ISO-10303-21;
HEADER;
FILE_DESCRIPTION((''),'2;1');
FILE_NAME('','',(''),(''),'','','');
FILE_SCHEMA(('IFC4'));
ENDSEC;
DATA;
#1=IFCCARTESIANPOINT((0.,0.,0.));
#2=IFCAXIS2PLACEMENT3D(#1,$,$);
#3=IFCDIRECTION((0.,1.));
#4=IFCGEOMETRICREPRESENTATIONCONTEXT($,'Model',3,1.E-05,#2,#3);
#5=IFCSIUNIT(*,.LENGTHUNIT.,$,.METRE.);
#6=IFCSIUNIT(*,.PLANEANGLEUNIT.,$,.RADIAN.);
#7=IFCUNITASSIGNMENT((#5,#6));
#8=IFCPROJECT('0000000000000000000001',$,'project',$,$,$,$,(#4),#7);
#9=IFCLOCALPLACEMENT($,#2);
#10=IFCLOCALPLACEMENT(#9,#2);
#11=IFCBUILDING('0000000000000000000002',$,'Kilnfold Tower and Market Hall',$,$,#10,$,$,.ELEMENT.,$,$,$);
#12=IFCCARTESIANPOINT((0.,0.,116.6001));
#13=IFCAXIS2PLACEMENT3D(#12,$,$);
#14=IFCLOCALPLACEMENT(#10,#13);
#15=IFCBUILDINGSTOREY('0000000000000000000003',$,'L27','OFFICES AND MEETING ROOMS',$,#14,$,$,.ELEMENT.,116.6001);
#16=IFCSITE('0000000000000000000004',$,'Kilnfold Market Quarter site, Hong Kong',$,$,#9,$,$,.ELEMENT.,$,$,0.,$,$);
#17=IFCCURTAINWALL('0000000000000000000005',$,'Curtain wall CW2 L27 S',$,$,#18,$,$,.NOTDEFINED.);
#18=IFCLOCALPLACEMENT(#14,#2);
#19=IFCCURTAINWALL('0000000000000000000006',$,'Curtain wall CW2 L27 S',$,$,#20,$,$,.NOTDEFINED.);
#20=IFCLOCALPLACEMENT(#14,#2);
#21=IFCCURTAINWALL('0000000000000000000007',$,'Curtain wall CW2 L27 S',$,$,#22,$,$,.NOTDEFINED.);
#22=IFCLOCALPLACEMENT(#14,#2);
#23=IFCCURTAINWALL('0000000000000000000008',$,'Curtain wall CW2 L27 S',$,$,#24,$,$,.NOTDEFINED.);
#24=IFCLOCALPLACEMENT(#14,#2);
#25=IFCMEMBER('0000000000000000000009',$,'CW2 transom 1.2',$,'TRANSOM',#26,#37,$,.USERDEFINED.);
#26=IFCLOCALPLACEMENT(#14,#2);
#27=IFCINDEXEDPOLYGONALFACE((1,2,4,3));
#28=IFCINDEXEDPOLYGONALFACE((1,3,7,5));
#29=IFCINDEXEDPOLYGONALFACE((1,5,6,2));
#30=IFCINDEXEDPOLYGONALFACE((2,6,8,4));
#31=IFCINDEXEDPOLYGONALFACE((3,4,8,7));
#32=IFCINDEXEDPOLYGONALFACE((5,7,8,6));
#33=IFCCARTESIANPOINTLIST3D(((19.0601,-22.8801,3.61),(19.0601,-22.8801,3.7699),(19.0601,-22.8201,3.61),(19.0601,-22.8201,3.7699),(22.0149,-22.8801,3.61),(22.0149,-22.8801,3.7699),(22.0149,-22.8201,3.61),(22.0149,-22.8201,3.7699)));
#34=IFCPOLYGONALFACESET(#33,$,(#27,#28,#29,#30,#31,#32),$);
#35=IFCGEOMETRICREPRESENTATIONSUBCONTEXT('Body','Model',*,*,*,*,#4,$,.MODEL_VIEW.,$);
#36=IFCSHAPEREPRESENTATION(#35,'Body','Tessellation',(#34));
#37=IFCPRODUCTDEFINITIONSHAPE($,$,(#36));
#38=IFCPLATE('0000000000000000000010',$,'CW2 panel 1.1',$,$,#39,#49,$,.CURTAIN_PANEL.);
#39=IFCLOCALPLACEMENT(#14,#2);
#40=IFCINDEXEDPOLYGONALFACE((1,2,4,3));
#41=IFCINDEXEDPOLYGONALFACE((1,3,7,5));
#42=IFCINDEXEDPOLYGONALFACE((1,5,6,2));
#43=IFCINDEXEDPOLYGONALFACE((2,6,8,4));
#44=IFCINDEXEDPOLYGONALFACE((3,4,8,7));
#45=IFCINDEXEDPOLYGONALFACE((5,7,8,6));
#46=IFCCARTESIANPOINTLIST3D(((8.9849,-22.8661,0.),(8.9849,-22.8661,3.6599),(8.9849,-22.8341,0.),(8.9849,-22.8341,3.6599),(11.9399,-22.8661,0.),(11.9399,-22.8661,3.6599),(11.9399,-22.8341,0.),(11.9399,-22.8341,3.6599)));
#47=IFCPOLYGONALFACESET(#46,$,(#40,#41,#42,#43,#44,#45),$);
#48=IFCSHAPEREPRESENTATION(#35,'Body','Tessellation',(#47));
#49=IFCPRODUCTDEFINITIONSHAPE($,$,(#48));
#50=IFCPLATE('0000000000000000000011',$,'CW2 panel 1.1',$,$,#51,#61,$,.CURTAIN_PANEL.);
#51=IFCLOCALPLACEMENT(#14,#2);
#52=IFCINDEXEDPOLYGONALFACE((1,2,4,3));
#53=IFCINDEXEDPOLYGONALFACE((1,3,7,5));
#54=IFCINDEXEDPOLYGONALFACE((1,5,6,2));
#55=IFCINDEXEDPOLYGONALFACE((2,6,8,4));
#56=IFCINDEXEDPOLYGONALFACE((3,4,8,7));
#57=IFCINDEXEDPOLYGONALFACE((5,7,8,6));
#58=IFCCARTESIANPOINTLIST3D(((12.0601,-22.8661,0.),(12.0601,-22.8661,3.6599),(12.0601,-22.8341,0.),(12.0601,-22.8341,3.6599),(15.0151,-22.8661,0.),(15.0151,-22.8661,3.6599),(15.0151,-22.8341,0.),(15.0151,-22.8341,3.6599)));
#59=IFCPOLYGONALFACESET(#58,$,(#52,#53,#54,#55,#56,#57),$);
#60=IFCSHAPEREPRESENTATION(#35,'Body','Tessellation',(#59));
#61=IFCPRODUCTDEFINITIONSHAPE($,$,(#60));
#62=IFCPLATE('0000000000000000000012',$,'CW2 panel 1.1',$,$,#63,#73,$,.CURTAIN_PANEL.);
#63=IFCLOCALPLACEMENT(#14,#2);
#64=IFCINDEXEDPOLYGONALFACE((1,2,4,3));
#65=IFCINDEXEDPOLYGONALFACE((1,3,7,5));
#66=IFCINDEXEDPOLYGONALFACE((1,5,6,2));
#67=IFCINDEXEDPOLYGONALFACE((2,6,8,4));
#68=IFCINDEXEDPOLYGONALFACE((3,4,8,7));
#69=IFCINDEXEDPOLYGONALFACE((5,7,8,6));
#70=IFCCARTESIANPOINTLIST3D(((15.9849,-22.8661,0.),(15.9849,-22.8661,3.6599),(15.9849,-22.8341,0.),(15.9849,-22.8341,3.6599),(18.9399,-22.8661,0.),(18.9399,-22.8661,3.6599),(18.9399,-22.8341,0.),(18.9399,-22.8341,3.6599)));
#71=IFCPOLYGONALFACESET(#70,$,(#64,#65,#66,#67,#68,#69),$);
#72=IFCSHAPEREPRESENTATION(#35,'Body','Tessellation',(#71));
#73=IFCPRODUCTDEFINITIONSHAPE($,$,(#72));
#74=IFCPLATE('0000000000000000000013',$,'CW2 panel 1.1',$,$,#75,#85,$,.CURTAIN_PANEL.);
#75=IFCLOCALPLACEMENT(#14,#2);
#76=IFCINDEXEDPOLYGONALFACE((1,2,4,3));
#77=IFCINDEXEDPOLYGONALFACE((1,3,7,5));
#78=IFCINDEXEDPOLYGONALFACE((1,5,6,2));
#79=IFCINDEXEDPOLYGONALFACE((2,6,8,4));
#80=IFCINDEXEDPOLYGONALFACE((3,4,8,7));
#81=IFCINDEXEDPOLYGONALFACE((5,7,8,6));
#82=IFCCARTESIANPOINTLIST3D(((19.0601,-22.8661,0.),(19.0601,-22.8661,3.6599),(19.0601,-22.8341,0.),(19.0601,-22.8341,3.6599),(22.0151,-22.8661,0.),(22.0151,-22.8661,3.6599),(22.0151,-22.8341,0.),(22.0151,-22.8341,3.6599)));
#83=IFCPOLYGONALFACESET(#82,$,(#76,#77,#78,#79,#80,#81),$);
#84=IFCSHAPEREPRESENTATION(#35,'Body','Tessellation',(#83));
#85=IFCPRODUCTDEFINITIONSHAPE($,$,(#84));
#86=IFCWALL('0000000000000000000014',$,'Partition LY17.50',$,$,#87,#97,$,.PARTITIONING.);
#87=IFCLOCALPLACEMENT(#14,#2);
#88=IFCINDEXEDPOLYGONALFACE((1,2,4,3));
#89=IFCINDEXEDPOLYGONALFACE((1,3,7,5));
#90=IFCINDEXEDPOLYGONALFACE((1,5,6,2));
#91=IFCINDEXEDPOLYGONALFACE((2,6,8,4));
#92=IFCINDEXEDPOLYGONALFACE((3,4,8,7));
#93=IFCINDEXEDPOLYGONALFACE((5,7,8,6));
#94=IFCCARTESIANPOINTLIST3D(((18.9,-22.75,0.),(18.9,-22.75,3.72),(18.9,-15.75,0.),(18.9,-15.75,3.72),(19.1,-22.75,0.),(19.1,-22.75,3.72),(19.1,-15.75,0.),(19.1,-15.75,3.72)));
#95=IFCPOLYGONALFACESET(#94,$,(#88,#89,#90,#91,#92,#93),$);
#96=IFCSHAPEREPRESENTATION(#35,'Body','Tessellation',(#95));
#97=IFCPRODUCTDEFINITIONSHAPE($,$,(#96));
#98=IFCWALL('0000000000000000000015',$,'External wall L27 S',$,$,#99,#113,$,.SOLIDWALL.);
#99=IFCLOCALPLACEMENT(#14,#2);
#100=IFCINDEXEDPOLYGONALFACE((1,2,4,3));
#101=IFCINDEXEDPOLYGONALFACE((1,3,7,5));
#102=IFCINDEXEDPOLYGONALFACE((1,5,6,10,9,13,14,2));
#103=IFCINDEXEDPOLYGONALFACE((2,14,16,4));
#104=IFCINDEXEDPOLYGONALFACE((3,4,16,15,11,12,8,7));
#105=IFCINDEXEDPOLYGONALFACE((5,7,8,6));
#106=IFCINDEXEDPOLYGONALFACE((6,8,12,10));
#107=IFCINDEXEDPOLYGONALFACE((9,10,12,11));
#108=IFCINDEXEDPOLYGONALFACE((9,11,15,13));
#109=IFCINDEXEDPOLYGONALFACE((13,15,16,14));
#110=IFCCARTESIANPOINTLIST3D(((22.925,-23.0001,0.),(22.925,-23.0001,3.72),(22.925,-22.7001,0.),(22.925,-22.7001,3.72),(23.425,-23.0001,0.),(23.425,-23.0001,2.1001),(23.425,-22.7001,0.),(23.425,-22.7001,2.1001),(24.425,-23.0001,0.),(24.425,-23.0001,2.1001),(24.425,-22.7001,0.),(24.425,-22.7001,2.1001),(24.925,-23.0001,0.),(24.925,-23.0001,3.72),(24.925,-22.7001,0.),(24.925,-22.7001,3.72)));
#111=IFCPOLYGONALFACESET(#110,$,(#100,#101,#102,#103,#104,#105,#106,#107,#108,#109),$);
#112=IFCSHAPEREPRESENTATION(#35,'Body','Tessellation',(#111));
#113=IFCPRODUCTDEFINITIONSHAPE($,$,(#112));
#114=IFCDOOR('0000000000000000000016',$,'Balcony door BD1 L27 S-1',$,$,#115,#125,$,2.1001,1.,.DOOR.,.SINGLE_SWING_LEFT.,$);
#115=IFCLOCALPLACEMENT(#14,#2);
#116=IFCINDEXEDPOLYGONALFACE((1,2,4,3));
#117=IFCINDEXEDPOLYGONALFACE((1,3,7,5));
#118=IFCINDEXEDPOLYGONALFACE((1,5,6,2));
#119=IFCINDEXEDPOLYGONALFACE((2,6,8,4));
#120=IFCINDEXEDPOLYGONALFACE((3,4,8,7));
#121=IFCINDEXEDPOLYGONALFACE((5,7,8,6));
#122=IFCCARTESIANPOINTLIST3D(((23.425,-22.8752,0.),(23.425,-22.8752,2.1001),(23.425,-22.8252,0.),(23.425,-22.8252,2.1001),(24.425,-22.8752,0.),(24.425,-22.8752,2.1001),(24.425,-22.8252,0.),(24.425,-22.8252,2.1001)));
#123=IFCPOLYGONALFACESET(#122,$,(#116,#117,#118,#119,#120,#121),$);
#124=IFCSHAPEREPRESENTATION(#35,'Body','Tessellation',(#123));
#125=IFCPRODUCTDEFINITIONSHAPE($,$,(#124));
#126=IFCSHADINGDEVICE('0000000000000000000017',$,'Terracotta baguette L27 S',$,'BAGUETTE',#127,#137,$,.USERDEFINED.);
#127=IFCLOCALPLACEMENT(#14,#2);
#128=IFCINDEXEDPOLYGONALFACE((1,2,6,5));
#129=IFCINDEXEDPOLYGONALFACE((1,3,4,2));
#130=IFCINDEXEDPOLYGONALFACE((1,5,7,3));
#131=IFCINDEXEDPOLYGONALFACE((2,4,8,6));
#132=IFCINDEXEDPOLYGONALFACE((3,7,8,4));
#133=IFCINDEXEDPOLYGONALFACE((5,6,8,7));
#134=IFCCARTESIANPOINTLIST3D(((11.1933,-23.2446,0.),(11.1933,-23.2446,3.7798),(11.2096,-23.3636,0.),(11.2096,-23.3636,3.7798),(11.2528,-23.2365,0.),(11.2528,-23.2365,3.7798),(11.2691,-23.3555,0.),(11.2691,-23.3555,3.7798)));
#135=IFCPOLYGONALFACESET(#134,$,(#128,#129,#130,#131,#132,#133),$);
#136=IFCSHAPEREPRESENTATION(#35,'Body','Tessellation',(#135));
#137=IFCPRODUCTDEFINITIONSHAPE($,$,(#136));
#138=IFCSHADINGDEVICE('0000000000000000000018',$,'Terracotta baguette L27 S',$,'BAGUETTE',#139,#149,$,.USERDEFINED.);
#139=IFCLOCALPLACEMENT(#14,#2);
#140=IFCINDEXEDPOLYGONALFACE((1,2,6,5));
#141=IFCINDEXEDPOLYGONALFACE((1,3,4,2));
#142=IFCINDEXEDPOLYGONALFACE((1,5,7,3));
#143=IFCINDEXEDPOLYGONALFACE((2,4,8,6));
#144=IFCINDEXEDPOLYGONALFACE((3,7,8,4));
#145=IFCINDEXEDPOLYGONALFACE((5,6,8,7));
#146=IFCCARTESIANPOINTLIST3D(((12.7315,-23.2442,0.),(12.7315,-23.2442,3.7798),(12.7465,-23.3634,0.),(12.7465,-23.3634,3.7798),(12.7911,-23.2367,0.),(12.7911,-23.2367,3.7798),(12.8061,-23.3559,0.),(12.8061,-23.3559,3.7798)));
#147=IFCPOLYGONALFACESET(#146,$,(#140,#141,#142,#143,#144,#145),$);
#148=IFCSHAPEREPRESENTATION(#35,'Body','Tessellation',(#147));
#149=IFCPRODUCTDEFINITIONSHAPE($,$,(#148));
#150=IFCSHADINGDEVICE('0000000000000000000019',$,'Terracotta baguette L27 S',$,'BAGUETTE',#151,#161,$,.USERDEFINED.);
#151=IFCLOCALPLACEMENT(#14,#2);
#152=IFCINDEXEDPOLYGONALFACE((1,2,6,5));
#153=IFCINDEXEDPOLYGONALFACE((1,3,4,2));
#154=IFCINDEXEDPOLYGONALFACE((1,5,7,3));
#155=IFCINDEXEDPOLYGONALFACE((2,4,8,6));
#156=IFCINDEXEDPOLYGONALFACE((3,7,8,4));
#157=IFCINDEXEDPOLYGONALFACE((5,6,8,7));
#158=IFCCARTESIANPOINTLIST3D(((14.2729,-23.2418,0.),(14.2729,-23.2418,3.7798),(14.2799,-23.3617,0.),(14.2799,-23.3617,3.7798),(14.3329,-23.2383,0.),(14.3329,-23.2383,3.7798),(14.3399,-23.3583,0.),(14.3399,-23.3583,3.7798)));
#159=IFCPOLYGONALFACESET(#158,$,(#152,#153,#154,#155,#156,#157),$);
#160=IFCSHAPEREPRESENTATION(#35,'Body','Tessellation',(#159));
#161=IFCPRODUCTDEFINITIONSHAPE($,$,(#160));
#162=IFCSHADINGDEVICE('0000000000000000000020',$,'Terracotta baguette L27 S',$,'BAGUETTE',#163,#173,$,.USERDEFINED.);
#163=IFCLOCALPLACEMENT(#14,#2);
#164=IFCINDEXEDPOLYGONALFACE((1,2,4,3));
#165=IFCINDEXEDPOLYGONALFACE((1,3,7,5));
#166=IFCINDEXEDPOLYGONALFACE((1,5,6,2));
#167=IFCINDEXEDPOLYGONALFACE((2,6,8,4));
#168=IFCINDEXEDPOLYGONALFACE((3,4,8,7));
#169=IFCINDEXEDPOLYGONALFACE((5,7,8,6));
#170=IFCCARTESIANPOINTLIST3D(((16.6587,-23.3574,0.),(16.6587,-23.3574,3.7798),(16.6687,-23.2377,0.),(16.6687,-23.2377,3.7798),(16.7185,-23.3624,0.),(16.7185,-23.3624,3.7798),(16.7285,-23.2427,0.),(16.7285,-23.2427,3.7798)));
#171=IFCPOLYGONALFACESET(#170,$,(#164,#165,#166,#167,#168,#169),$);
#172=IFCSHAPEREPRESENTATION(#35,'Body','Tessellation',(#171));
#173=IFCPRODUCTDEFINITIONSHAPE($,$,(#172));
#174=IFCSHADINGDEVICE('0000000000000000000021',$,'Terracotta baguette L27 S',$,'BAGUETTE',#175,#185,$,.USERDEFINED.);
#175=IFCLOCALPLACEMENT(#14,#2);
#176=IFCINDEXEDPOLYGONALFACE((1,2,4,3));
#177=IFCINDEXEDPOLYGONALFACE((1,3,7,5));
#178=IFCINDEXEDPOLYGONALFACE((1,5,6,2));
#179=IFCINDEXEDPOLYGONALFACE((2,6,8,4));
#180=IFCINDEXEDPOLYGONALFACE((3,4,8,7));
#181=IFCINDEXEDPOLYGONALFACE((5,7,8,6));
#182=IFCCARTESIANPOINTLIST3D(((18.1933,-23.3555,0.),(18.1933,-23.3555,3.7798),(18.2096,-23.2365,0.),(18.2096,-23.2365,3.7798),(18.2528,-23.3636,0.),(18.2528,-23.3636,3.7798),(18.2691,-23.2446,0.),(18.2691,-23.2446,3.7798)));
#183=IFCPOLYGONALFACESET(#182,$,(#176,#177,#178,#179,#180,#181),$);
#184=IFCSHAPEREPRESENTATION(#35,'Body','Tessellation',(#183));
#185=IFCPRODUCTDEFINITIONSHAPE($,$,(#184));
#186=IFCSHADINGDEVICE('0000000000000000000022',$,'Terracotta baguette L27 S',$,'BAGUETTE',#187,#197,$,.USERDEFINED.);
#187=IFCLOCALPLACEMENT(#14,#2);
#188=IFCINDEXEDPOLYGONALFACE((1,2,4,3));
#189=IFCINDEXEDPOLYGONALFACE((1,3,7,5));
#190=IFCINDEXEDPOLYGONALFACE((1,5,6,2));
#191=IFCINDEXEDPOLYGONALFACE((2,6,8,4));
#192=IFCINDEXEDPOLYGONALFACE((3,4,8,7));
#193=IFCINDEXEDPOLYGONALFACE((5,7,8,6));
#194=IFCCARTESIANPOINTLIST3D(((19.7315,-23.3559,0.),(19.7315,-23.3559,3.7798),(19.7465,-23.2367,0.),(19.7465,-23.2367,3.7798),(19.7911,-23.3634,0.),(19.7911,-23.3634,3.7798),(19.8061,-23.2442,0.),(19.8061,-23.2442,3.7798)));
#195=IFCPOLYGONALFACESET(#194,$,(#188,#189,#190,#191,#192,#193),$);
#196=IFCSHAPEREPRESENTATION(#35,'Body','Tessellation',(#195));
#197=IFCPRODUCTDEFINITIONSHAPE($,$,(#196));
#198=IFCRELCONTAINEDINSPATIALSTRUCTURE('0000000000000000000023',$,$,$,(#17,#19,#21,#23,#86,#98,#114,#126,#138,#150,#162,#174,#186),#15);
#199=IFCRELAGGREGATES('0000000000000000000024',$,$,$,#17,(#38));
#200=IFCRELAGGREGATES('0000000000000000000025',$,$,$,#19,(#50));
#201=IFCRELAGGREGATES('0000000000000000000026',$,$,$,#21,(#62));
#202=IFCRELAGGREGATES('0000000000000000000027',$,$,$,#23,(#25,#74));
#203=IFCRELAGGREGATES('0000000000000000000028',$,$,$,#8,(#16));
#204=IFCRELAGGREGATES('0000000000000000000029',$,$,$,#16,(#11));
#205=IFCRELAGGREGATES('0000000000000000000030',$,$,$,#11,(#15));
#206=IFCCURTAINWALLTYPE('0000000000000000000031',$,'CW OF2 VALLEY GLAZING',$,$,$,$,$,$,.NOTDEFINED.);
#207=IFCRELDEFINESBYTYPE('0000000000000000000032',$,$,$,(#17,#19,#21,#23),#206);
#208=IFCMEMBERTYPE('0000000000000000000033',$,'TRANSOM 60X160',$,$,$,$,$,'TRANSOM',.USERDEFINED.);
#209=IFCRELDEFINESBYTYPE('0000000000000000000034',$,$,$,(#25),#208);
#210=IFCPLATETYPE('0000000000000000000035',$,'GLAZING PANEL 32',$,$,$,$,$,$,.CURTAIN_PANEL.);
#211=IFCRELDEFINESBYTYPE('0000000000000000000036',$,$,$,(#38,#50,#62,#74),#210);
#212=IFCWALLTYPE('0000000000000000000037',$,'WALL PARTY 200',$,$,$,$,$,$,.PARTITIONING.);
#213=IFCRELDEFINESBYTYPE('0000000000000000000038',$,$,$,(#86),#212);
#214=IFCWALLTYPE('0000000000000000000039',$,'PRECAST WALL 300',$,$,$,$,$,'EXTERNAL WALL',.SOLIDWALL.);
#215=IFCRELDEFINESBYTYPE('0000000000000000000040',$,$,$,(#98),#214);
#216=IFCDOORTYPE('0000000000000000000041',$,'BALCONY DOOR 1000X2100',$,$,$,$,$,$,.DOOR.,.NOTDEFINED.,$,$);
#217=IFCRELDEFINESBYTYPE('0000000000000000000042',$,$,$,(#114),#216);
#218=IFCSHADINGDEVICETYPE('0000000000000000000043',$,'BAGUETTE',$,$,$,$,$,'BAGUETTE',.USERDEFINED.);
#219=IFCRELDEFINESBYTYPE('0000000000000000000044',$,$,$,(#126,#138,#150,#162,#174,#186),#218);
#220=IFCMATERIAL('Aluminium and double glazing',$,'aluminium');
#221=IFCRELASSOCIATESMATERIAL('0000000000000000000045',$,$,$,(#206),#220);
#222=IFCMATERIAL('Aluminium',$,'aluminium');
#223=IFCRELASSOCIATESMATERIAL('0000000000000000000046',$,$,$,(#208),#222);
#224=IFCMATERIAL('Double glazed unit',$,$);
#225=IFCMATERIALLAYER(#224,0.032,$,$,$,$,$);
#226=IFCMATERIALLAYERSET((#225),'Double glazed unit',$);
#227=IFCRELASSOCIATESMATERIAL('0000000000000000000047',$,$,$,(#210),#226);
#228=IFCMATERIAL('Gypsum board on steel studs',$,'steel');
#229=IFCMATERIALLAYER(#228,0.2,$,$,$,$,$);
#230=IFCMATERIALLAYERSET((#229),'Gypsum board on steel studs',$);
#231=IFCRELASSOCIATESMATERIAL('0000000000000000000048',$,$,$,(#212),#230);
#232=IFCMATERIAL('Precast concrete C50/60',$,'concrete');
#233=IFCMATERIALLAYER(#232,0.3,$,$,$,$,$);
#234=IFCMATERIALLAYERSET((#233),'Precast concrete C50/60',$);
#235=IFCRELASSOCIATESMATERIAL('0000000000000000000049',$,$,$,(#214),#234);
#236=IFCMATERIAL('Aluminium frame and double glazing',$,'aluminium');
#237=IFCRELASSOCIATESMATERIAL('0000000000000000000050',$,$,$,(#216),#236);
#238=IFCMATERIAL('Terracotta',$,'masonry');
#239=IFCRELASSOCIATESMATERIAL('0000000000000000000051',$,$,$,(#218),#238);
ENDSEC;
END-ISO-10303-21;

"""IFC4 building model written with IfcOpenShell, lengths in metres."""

from ifc_helpers import new_model, si_unit, direction, frame, frame_2d, origin, origin_2d, place, context, subcontext, project, spatial, rectangle, extrude, source, transform, mapped, material, layer, layer_set, material_profile, profile_set, type_object, element, fill, aggregate, save


model = new_model("IFC4")

# Units and contexts
model_context = context("Model", 3, precision=1e-05, world=origin(), true_north=direction((0.0, 1.0)))
body_context = subcontext(model_context, "Body", "Model", "MODEL_VIEW")
ifc_project = project(units=[si_unit("LENGTHUNIT", "METRE"), si_unit("PLANEANGLEUNIT", "RADIAN")], contexts=[model_context])

# Site, building, storey
site_placement = place(None, origin())
site = spatial("IfcSite", under=ifc_project, at=site_placement, Name="Kilnfold Market Quarter site, Hong Kong", CompositionType="ELEMENT", RefElevation=0.0)
building_placement = place(site_placement, origin())
building = spatial("IfcBuilding", under=site, at=building_placement, Name="Kilnfold Tower and Market Hall", CompositionType="ELEMENT")
storey_placement = place(building_placement, frame((0.0, 0.0, 116.6001)))
storey = spatial("IfcBuildingStorey", under=building, at=storey_placement, Name="L27", Description="OFFICES AND MEETING ROOMS", CompositionType="ELEMENT", Elevation=116.6001)

# Curtain wall
ifc_material_1 = material(Name="Aluminium and double glazing", Category="aluminium")
curtain_wall_type = type_object("IfcCurtainWallType", Name="CW OF2 VALLEY GLAZING", PredefinedType="NOTDEFINED", material=ifc_material_1)
curtain_wall_1_placement = place(storey_placement, origin())
curtain_wall_1 = element("IfcCurtainWall", 1, at=curtain_wall_1_placement, inside=storey, type_object=curtain_wall_type, Name="Curtain wall CW2 L27 S", PredefinedType="NOTDEFINED")

# Curtain walls
curtain_wall_2_placement = place(storey_placement, origin())
curtain_wall_2 = element("IfcCurtainWall", 2, at=curtain_wall_2_placement, inside=storey, type_object=curtain_wall_type, Name="Curtain wall CW2 L27 S", PredefinedType="NOTDEFINED")
curtain_wall_3_placement = place(storey_placement, origin())
curtain_wall_3 = element("IfcCurtainWall", 3, at=curtain_wall_3_placement, inside=storey, type_object=curtain_wall_type, Name="Curtain wall CW2 L27 S", PredefinedType="NOTDEFINED")
curtain_wall_4_placement = place(storey_placement, origin())
curtain_wall_4 = element("IfcCurtainWall", 4, at=curtain_wall_4_placement, inside=storey, type_object=curtain_wall_type, Name="Curtain wall CW2 L27 S", PredefinedType="NOTDEFINED")

# Member
ifc_material_2 = material(Name="Aluminium", Category="aluminium")
ifc_material_profile_1 = material_profile(ifc_material_2, rectangle(XDim=0.0601, YDim=0.1599, at=origin_2d()), Name="TRANSOM 60x160")
ifc_profile_set_1 = profile_set([ifc_material_profile_1], Name="Aluminium")
member_type_1 = type_object("IfcMemberType", Name="TRANSOM 60X160", ElementType="TRANSOM", PredefinedType="USERDEFINED", material=ifc_profile_set_1)
shared_shape_1 = source(origin(), body_context, "Body", "SweptSolid", [
    extrude(rectangle(XDim=0.0601, YDim=0.1599, at=origin_2d()), origin(), (0.0, 0.0, 1.0), 2.9548),
])
member_1_placement = place(storey_placement, frame((19.0601, -22.8501, 3.6899), z_axis=(1.0, 0.0, 0.0), x_axis=(0.0, 1.0, 0.0)))
member_1 = element("IfcMember", 5, at=member_1_placement, type_object=member_type_1, Name="CW2 transom 1.2", ObjectType="TRANSOM", PredefinedType="USERDEFINED", context=body_context, shape_type="MappedRepresentation", body=[
    mapped(shared_shape_1, transform((0.0, 0.0, 0.0))),
])

# Plates
ifc_material_3 = material(Name="Double glazed unit")
ifc_layer_1 = layer(ifc_material_3, 0.032)
ifc_layer_set_1 = layer_set([ifc_layer_1], Name="Double glazed unit")
plate_type = type_object("IfcPlateType", Name="GLAZING PANEL 32", PredefinedType="CURTAIN_PANEL", material=ifc_layer_set_1)
shared_shape_2 = source(origin(), body_context, "Body", "SweptSolid", [
    extrude(rectangle(XDim=2.9551, YDim=0.032, at=origin_2d()), origin(), (0.0, 0.0, 1.0), 3.6599),
])
plate_1_placement = place(storey_placement, frame((10.4624, -22.8501, 0.0), z_axis=(0.0, 0.0, 1.0), x_axis=(1.0, 0.0, 0.0)))
plate_1 = element("IfcPlate", 6, at=plate_1_placement, type_object=plate_type, Name="CW2 panel 1.1", PredefinedType="CURTAIN_PANEL", context=body_context, shape_type="MappedRepresentation", body=[
    mapped(shared_shape_2, transform((0.0, 0.0, 0.0))),
])
aggregate(curtain_wall_1, [plate_1])
plate_2_placement = place(storey_placement, frame((13.5376, -22.8501, 0.0), z_axis=(0.0, 0.0, 1.0), x_axis=(1.0, 0.0, 0.0)))
plate_2 = element("IfcPlate", 7, at=plate_2_placement, type_object=plate_type, Name="CW2 panel 1.1", PredefinedType="CURTAIN_PANEL", context=body_context, shape_type="MappedRepresentation", body=[
    mapped(shared_shape_2, transform((0.0, 0.0, 0.0))),
])
aggregate(curtain_wall_2, [plate_2])
plate_3_placement = place(storey_placement, frame((17.4624, -22.8501, 0.0), z_axis=(0.0, 0.0, 1.0), x_axis=(1.0, 0.0, 0.0)))
plate_3 = element("IfcPlate", 8, at=plate_3_placement, type_object=plate_type, Name="CW2 panel 1.1", PredefinedType="CURTAIN_PANEL", context=body_context, shape_type="MappedRepresentation", body=[
    mapped(shared_shape_2, transform((0.0, 0.0, 0.0))),
])
aggregate(curtain_wall_3, [plate_3])
plate_4_placement = place(storey_placement, frame((20.5376, -22.8501, 0.0), z_axis=(0.0, 0.0, 1.0), x_axis=(1.0, 0.0, 0.0)))
plate_4 = element("IfcPlate", 9, at=plate_4_placement, type_object=plate_type, Name="CW2 panel 1.1", PredefinedType="CURTAIN_PANEL", context=body_context, shape_type="MappedRepresentation", body=[
    mapped(shared_shape_2, transform((0.0, 0.0, 0.0))),
])
aggregate(curtain_wall_4, [member_1, plate_4])

# Wall
ifc_material_4 = material(Name="Gypsum board on steel studs", Category="steel")
ifc_layer_2 = layer(ifc_material_4, 0.2)
ifc_layer_set_2 = layer_set([ifc_layer_2], Name="Gypsum board on steel studs")
wall_type_1 = type_object("IfcWallType", Name="WALL PARTY 200", PredefinedType="PARTITIONING", material=ifc_layer_set_2)
wall_1_placement = place(storey_placement, frame((19.0, -22.75, 0.0), z_axis=(0.0, 0.0, 1.0), x_axis=(0.0, 1.0, 0.0)))
element("IfcWall", 10, at=wall_1_placement, inside=storey, type_object=wall_type_1, Name="Partition LY17.50", PredefinedType="PARTITIONING", context=body_context, shape_type="SweptSolid", body=[
    extrude(rectangle(XDim=7.0, YDim=0.2, at=frame_2d((3.5, 0.0))), origin(), (0.0, 0.0, 1.0), 3.72),
])

# Wall, opening, door
ifc_material_5 = material(Name="Precast concrete C50/60", Category="concrete")
ifc_layer_3 = layer(ifc_material_5, 0.3)
ifc_layer_set_3 = layer_set([ifc_layer_3], Name="Precast concrete C50/60")
wall_type_2 = type_object("IfcWallType", Name="PRECAST WALL 300", ElementType="EXTERNAL WALL", PredefinedType="SOLIDWALL", material=ifc_layer_set_3)
shared_shape_3 = source(origin(), body_context, "Body", "SweptSolid", [
    extrude(rectangle(XDim=2.0, YDim=0.3, at=frame_2d((1.0, 0.0))), origin(), (0.0, 0.0, 1.0), 3.72),
])
wall_2_placement = place(storey_placement, frame((22.925, -22.8501, 0.0), z_axis=(0.0, 0.0, 1.0), x_axis=(1.0, 0.0, 0.0)))
wall_2 = element("IfcWall", 11, at=wall_2_placement, inside=storey, type_object=wall_type_2, Name="External wall L27 S", PredefinedType="SOLIDWALL", context=body_context, shape_type="MappedRepresentation", body=[
    mapped(shared_shape_3, transform((0.0, 0.0, 0.0))),
])
opening_placement = place(wall_2_placement, frame((0.5, 0.0, 0.0)))
opening = element("IfcOpeningElement", 12, at=opening_placement, cuts=wall_2, PredefinedType="OPENING", context=body_context, shape_type="SweptSolid", body=[
    extrude(rectangle(XDim=1.0, YDim=2.1001, at=frame_2d((0.5, 1.05))), frame((0.0, 0.1602, 0.0), z_axis=(0.0, -1.0, 0.0), x_axis=(1.0, 0.0, 0.0)), (0.0, 0.0, 1.0), 0.3201),
])
ifc_material_6 = material(Name="Aluminium frame and double glazing", Category="aluminium")
door_type = type_object("IfcDoorType", Name="BALCONY DOOR 1000X2100", OperationType="NOTDEFINED", PredefinedType="DOOR", material=ifc_material_6)
door_placement = place(opening_placement, origin())
door = element("IfcDoor", 13, at=door_placement, inside=storey, type_object=door_type, Name="Balcony door BD1 L27 S-1", OperationType="SINGLE_SWING_LEFT", OverallHeight=2.1001, OverallWidth=1.0, PredefinedType="DOOR", context=body_context, shape_type="SweptSolid", body=[
    extrude(rectangle(XDim=1.0, YDim=2.1001, at=frame_2d((0.5, 1.05))), frame((0.0, 0.0249, 0.0), z_axis=(0.0, -1.0, 0.0), x_axis=(1.0, 0.0, 0.0)), (0.0, 0.0, 1.0), 0.05),
])
fill(opening, door)

# Shading devices
ifc_material_7 = material(Name="Terracotta", Category="masonry")
ifc_material_profile_2 = material_profile(ifc_material_7, rectangle(XDim=0.0601, YDim=0.1201, at=origin_2d()), Name="BAG 60x120")
ifc_profile_set_2 = profile_set([ifc_material_profile_2], Name="Terracotta")
shading_device_type = type_object("IfcShadingDeviceType", Name="BAGUETTE", ElementType="BAGUETTE", PredefinedType="USERDEFINED", material=ifc_profile_set_2)
shared_shape_4 = source(origin(), body_context, "Body", "SweptSolid", [
    extrude(rectangle(XDim=0.0601, YDim=0.1201, at=origin_2d()), origin(), (0.0, 0.0, 1.0), 3.7798),
])
for number, where, z_axis, x_axis, name in (
    (14, (11.2312, -23.3, 0.0), (0.0, 0.0, 1.0), (0.990809, 0.135268, 0.0), "Terracotta baguette L27 S"),
    (15, (12.7688, -23.3, 0.0), (0.0, 0.0, 1.0), (0.992121, 0.125285, 0.0), "Terracotta baguette L27 S"),
    (16, (14.3064, -23.3, 0.0), (0.0, 0.0, 1.0), (0.998314, 0.05804, 0.0), "Terracotta baguette L27 S"),
    (17, (16.6936, -23.3, 0.0), (0.0, 0.0, 1.0), (0.996502, -0.083573, 0.0), "Terracotta baguette L27 S"),
    (18, (18.2312, -23.3, 0.0), (0.0, 0.0, 1.0), (0.990809, -0.135268, 0.0), "Terracotta baguette L27 S"),
    (19, (19.7688, -23.3, 0.0), (0.0, 0.0, 1.0), (0.992121, -0.125285, 0.0), "Terracotta baguette L27 S"),
):
    element("IfcShadingDevice", number, at=place(storey_placement, frame(where, z_axis=z_axis, x_axis=x_axis)), inside=storey, type_object=shading_device_type, Name=name, ObjectType="BAGUETTE", PredefinedType="USERDEFINED", context=body_context, shape_type="MappedRepresentation", body=[
        mapped(shared_shape_4, transform((0.0, 0.0, 0.0))),
    ])

save(model, "model.ifc")
